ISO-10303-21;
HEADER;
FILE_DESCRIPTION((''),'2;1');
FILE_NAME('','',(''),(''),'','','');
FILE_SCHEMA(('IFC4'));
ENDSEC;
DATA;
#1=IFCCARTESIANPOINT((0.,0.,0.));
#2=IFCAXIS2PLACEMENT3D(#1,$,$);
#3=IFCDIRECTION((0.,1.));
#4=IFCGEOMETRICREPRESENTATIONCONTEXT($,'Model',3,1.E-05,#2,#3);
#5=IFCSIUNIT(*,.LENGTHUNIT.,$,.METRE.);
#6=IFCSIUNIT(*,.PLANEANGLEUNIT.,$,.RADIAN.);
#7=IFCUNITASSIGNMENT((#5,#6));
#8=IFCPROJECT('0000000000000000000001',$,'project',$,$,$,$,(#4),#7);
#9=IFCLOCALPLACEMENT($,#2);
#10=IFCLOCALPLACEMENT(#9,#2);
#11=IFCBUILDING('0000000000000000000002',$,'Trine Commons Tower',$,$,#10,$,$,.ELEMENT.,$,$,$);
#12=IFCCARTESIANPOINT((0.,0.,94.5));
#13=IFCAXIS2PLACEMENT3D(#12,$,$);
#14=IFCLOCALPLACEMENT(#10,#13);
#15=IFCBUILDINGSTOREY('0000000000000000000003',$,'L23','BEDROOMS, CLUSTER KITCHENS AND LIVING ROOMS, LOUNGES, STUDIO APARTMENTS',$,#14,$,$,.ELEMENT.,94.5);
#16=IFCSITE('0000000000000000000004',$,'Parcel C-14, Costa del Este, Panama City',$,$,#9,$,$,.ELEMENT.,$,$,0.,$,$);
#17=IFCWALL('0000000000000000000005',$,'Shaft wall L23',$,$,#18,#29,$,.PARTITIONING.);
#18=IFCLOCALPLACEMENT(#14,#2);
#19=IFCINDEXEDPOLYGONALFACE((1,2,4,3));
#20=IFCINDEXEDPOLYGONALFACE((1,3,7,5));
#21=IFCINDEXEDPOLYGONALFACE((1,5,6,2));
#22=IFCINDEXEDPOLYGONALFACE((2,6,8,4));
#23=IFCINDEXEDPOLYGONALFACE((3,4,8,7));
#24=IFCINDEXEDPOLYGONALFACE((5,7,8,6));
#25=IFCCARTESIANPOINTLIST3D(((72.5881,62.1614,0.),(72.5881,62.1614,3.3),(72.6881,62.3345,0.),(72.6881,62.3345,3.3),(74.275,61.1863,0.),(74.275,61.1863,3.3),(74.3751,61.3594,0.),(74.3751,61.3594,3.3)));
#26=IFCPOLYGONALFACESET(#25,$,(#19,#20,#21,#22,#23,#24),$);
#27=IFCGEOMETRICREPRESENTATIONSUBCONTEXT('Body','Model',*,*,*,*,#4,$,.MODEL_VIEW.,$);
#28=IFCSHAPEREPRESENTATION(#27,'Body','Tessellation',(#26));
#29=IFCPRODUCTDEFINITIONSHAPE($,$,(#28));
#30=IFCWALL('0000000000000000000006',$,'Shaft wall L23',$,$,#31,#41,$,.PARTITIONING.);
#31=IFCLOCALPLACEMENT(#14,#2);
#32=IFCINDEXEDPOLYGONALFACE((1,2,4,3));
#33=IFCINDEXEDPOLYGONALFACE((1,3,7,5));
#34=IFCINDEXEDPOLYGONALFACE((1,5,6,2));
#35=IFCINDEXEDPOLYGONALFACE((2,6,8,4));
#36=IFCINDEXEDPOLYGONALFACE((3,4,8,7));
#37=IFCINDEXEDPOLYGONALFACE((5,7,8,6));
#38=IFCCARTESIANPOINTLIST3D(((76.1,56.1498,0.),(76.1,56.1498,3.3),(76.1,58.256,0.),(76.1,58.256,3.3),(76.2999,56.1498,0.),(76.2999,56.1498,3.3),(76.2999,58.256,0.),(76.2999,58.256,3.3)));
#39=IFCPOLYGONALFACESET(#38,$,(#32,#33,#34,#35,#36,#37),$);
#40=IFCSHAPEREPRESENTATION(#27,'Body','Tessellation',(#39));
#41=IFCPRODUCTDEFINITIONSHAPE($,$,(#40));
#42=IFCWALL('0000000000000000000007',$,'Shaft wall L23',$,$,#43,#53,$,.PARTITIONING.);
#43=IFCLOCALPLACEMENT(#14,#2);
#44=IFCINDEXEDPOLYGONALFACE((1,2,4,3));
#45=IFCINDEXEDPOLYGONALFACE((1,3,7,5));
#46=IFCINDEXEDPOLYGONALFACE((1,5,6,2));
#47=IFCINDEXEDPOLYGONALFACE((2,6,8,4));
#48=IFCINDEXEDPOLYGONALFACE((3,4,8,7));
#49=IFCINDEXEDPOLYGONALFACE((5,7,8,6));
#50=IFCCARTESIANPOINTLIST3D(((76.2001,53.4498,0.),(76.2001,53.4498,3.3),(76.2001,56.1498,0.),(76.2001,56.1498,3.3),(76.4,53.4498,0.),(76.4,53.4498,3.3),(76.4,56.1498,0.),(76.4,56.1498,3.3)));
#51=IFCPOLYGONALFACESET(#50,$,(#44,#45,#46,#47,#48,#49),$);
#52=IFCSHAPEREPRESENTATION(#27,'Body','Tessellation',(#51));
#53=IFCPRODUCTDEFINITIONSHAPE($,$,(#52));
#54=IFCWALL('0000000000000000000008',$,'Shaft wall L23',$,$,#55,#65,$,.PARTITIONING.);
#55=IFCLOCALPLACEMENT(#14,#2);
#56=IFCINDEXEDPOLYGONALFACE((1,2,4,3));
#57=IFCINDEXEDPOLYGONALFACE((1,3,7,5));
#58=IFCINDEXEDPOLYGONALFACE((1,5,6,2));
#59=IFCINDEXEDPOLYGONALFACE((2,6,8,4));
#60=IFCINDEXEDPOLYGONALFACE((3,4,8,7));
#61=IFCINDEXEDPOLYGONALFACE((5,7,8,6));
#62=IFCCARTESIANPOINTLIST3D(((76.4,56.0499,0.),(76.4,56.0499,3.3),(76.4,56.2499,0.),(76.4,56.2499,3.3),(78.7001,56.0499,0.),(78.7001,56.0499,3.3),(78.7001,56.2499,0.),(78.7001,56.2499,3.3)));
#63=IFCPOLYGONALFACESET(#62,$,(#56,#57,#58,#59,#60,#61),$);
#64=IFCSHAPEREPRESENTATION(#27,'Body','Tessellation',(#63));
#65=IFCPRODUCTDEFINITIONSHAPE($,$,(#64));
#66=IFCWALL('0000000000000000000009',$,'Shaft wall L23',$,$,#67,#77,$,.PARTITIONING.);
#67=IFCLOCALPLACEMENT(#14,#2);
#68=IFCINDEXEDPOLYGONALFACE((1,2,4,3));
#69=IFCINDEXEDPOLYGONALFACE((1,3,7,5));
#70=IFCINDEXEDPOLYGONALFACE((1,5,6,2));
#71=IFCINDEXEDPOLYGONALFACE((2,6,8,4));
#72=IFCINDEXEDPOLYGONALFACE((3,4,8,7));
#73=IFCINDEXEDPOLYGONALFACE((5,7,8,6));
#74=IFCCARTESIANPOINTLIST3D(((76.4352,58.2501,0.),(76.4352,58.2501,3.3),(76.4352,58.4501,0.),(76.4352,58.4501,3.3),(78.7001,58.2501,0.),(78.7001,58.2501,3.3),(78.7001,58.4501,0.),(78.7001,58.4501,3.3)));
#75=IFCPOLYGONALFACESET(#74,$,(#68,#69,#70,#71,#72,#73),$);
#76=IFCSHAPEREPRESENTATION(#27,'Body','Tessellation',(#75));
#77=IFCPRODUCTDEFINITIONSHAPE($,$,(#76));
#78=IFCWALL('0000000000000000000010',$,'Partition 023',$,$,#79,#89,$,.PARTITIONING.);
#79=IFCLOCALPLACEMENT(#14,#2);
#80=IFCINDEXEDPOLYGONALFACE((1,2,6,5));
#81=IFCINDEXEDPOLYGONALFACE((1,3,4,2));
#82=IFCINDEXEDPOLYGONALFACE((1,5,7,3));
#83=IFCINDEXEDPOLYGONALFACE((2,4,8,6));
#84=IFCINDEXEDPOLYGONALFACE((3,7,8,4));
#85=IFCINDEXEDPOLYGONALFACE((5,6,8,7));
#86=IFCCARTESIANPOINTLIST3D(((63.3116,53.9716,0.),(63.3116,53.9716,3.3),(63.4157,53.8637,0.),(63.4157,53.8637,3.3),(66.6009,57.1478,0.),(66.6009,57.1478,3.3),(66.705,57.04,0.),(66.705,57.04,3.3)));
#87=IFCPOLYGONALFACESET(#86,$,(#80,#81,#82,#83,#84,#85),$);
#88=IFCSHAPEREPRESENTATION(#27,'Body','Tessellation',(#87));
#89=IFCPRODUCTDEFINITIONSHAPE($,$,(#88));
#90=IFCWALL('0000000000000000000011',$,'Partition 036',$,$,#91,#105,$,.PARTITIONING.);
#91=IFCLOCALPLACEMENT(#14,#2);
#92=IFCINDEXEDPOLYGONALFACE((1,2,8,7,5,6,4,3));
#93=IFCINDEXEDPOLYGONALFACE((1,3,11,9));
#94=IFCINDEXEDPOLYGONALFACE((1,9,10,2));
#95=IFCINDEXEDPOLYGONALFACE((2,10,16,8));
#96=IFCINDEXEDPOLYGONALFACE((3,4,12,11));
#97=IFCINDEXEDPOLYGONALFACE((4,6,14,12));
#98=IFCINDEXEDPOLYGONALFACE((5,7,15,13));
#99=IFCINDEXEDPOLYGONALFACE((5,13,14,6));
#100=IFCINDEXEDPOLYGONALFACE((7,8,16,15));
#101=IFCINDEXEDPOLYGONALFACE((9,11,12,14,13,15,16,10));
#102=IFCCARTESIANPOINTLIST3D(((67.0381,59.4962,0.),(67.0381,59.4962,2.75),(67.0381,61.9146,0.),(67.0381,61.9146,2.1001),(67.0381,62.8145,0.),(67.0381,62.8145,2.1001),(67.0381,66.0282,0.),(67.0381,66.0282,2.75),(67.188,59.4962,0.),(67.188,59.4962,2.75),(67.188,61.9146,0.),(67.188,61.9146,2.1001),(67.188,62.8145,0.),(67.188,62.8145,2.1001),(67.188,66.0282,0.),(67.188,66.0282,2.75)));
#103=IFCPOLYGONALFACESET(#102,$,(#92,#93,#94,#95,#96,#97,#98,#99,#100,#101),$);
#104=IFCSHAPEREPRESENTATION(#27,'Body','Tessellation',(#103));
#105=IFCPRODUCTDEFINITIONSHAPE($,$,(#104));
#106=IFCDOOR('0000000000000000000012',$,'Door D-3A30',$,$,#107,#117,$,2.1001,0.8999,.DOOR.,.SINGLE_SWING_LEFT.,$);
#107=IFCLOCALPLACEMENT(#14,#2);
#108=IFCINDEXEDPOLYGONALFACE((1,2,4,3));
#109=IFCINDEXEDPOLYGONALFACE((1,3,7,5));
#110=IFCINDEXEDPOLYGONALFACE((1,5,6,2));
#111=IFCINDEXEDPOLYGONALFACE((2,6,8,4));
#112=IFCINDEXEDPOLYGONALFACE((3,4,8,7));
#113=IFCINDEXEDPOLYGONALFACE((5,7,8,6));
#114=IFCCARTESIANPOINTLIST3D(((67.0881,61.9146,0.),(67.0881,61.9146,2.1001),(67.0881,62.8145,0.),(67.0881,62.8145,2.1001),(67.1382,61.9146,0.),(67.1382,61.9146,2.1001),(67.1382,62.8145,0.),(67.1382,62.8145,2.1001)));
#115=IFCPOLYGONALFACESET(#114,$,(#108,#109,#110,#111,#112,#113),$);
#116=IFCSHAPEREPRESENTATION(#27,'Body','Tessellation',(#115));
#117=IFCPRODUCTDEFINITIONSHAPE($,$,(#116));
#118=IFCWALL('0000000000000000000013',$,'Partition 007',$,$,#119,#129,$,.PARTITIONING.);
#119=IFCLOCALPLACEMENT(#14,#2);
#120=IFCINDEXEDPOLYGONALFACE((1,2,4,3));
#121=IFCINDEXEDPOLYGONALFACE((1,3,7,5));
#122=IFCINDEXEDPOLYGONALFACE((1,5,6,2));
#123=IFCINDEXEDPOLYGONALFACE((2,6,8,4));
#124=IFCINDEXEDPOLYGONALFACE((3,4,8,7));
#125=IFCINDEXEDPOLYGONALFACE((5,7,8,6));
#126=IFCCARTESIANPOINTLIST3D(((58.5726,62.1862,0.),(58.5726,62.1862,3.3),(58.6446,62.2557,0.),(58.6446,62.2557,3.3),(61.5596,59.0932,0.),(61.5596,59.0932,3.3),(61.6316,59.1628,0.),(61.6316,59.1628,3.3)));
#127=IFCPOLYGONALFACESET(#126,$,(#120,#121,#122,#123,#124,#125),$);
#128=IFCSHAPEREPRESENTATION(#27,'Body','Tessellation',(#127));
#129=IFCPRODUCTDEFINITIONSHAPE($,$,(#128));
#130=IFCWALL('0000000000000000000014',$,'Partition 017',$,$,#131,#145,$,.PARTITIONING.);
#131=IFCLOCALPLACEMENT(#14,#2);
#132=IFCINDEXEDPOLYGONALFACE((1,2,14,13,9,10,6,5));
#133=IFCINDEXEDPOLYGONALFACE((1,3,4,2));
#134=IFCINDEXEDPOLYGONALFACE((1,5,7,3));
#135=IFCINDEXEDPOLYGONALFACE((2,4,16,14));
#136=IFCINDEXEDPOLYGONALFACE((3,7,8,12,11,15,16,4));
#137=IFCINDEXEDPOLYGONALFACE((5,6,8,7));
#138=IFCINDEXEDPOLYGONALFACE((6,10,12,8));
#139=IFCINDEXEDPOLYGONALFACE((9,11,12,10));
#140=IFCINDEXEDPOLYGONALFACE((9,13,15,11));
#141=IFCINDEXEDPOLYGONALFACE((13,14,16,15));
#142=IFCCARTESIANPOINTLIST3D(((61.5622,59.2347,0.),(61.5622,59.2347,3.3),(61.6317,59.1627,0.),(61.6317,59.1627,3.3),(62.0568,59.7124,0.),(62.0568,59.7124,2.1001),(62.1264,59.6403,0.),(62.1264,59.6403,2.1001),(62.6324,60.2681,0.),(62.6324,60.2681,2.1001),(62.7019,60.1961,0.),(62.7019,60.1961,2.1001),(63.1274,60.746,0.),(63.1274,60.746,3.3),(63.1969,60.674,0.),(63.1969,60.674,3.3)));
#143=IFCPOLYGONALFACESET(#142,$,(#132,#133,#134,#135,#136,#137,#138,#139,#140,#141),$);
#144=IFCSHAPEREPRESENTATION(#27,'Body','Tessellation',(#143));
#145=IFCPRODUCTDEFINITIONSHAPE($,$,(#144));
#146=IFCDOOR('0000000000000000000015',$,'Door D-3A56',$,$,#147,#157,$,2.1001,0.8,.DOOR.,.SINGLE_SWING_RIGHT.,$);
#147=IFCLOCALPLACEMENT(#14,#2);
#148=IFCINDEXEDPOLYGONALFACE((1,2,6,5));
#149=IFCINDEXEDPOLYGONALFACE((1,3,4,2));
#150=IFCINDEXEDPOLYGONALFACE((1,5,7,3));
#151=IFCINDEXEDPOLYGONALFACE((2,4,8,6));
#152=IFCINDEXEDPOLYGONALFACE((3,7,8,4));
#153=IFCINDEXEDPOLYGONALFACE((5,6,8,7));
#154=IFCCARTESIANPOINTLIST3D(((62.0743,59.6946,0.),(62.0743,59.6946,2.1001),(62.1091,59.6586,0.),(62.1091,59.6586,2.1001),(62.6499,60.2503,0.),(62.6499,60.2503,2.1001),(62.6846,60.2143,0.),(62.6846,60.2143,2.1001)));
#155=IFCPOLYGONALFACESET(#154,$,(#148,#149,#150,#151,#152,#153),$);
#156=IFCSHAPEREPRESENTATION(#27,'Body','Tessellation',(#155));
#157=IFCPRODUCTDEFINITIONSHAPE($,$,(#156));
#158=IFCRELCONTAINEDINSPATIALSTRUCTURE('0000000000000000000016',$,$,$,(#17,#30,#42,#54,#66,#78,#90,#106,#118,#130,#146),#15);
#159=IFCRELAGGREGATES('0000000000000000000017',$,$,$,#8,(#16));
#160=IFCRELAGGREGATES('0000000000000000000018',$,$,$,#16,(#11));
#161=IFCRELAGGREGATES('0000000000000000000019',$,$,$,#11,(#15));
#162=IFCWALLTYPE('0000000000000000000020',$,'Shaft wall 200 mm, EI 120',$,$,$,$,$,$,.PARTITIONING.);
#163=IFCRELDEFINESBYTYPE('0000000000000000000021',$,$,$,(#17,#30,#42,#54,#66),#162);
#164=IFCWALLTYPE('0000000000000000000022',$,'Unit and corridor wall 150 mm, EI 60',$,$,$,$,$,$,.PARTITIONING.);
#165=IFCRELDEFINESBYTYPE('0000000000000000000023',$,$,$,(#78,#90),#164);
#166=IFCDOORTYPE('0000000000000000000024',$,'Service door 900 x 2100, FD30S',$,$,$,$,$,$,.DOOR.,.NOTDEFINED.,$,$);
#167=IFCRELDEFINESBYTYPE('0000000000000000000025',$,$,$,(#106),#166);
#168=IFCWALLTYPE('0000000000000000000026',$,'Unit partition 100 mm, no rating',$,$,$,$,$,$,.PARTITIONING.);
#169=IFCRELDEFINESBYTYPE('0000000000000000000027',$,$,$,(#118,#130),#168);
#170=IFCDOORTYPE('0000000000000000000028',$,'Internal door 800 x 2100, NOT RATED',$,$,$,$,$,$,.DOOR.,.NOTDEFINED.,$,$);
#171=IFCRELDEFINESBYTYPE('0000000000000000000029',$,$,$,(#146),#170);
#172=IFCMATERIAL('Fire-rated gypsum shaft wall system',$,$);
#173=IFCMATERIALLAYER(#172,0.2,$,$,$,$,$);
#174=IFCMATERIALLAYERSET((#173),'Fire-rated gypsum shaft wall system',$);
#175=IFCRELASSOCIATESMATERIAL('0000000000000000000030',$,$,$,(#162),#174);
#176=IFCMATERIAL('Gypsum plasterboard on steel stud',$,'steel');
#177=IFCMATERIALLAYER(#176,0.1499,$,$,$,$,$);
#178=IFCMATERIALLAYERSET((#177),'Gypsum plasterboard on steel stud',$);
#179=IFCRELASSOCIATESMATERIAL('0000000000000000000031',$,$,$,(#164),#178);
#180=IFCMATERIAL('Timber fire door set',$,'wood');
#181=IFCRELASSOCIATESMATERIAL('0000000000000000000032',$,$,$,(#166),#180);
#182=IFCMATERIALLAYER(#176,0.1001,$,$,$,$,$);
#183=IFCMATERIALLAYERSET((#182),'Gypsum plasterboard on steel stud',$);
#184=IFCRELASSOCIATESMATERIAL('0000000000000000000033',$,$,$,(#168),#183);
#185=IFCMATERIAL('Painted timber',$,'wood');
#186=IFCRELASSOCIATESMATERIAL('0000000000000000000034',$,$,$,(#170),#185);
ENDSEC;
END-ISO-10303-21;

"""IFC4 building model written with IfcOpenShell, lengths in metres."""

from ifc_helpers import new_model, si_unit, direction, frame, frame_2d, origin, place, context, subcontext, project, spatial, rectangle, extrude, material, layer, layer_set, type_object, element, fill, save


model = new_model("IFC4")

# Units and contexts
model_context = context("Model", 3, precision=1e-05, world=origin(), true_north=direction((0.0, 1.0)))
body_context = subcontext(model_context, "Body", "Model", "MODEL_VIEW")
ifc_project = project(units=[si_unit("LENGTHUNIT", "METRE"), si_unit("PLANEANGLEUNIT", "RADIAN")], contexts=[model_context])

# Site, building, storey
site_placement = place(None, origin())
site = spatial("IfcSite", under=ifc_project, at=site_placement, Name="Parcel C-14, Costa del Este, Panama City", CompositionType="ELEMENT", RefElevation=0.0)
building_placement = place(site_placement, origin())
building = spatial("IfcBuilding", under=site, at=building_placement, Name="Trine Commons Tower", CompositionType="ELEMENT")
storey_placement = place(building_placement, frame((0.0, 0.0, 94.5)))
storey = spatial("IfcBuildingStorey", under=building, at=storey_placement, Name="L23", Description="BEDROOMS, CLUSTER KITCHENS AND LIVING ROOMS, LOUNGES, STUDIO APARTMENTS", CompositionType="ELEMENT", Elevation=94.5)

# Walls
ifc_material_1 = material(Name="Fire-rated gypsum shaft wall system")
ifc_layer_1 = layer(ifc_material_1, 0.2)
ifc_layer_set_1 = layer_set([ifc_layer_1], Name="Fire-rated gypsum shaft wall system")
wall_type_1 = type_object("IfcWallType", Name="Shaft wall 200 mm, EI 120", PredefinedType="PARTITIONING", material=ifc_layer_set_1)
wall_1_placement = place(storey_placement, frame((74.325, 61.2729, 0.0), z_axis=(0.0, 0.0, 1.0), x_axis=(-0.865781, 0.500424, 0.0)))
element("IfcWall", 1, at=wall_1_placement, inside=storey, type_object=wall_type_1, Name="Shaft wall L23", PredefinedType="PARTITIONING", context=body_context, shape_type="SweptSolid", body=[
    extrude(rectangle(XDim=1.9485, YDim=0.2, at=frame_2d((0.9741, 0.0))), origin(), (0.0, 0.0, 1.0), 3.3),
])
wall_2_placement = place(storey_placement, frame((76.2, 58.2561, 0.0), z_axis=(0.0, 0.0, 1.0), x_axis=(0.0, -1.0, 0.0)))
element("IfcWall", 2, at=wall_2_placement, inside=storey, type_object=wall_type_1, Name="Shaft wall L23", PredefinedType="PARTITIONING", context=body_context, shape_type="SweptSolid", body=[
    extrude(rectangle(XDim=2.1062, YDim=0.2, at=frame_2d((1.0532, 0.0))), origin(), (0.0, 0.0, 1.0), 3.3),
])
wall_3_placement = place(storey_placement, frame((76.3, 56.1499, 0.0), z_axis=(0.0, 0.0, 1.0), x_axis=(0.0, -1.0, 0.0)))
element("IfcWall", 3, at=wall_3_placement, inside=storey, type_object=wall_type_1, Name="Shaft wall L23", PredefinedType="PARTITIONING", context=body_context, shape_type="SweptSolid", body=[
    extrude(rectangle(XDim=2.7, YDim=0.2, at=frame_2d((1.3501, 0.0))), origin(), (0.0, 0.0, 1.0), 3.3),
])
wall_4_placement = place(storey_placement, frame((78.7, 56.1499, 0.0), z_axis=(0.0, 0.0, 1.0), x_axis=(-1.0, 0.0, 0.0)))
element("IfcWall", 4, at=wall_4_placement, inside=storey, type_object=wall_type_1, Name="Shaft wall L23", PredefinedType="PARTITIONING", context=body_context, shape_type="SweptSolid", body=[
    extrude(rectangle(XDim=2.3, YDim=0.2, at=frame_2d((1.1499, 0.0))), origin(), (0.0, 0.0, 1.0), 3.3),
])
wall_5_placement = place(storey_placement, frame((78.7, 58.3501, 0.0), z_axis=(0.0, 0.0, 1.0), x_axis=(-1.0, 0.0, 0.0)))
element("IfcWall", 5, at=wall_5_placement, inside=storey, type_object=wall_type_1, Name="Shaft wall L23", PredefinedType="PARTITIONING", context=body_context, shape_type="SweptSolid", body=[
    extrude(rectangle(XDim=2.2649, YDim=0.2, at=frame_2d((1.1323, 0.0))), origin(), (0.0, 0.0, 1.0), 3.3),
])
ifc_material_2 = material(Name="Gypsum plasterboard on steel stud", Category="steel")
ifc_layer_2 = layer(ifc_material_2, 0.1499)
ifc_layer_set_2 = layer_set([ifc_layer_2], Name="Gypsum plasterboard on steel stud")
wall_type_2 = type_object("IfcWallType", Name="Unit and corridor wall 150 mm, EI 60", PredefinedType="PARTITIONING", material=ifc_layer_set_2)
wall_6_placement = place(storey_placement, frame((63.3638, 53.9177, 0.0), z_axis=(0.0, 0.0, 1.0), x_axis=(0.719359, 0.694638, 0.0)))
element("IfcWall", 6, at=wall_6_placement, inside=storey, type_object=wall_type_2, Name="Partition 023", PredefinedType="PARTITIONING", context=body_context, shape_type="SweptSolid", body=[
    extrude(rectangle(XDim=4.5725, YDim=0.1499, at=frame_2d((2.2861, 0.0))), origin(), (0.0, 0.0, 1.0), 3.3),
])

# Wall, opening, door
wall_7_placement = place(storey_placement, frame((67.113, 59.4961, 0.0), z_axis=(0.0, 0.0, 1.0), x_axis=(0.0, 1.0, 0.0)))
wall_7 = element("IfcWall", 7, at=wall_7_placement, inside=storey, type_object=wall_type_2, Name="Partition 036", PredefinedType="PARTITIONING", context=body_context, shape_type="SweptSolid", body=[
    extrude(rectangle(XDim=6.532, YDim=0.1499, at=frame_2d((3.2661, 0.0))), origin(), (0.0, 0.0, 1.0), 2.75),
])
opening_1_placement = place(wall_7_placement, frame((2.4185, 0.0, 0.0)))
opening_1 = element("IfcOpeningElement", 8, at=opening_1_placement, cuts=wall_7, PredefinedType="OPENING", context=body_context, shape_type="SweptSolid", body=[
    extrude(rectangle(XDim=0.8999, YDim=2.1001, at=frame_2d((0.45, 1.05))), frame((0.0, 0.085, 0.0), z_axis=(0.0, -1.0, 0.0), x_axis=(1.0, 0.0, 0.0)), (0.0, 0.0, 1.0), 0.1699),
])
ifc_material_3 = material(Name="Timber fire door set", Category="wood")
door_type_1 = type_object("IfcDoorType", Name="Service door 900 x 2100, FD30S", OperationType="NOTDEFINED", PredefinedType="DOOR", material=ifc_material_3)
door_1_placement = place(opening_1_placement, origin())
door_1 = element("IfcDoor", 9, at=door_1_placement, inside=storey, type_object=door_type_1, Name="Door D-3A30", OperationType="SINGLE_SWING_LEFT", OverallHeight=2.1001, OverallWidth=0.8999, PredefinedType="DOOR", context=body_context, shape_type="SweptSolid", body=[
    extrude(rectangle(XDim=0.8999, YDim=2.1001, at=frame_2d((0.45, 1.05))), frame((0.0, 0.0249, 0.0), z_axis=(0.0, -1.0, 0.0), x_axis=(1.0, 0.0, 0.0)), (0.0, 0.0, 1.0), 0.05),
])
fill(opening_1, door_1)

# Wall
ifc_layer_3 = layer(ifc_material_2, 0.1001)
ifc_layer_set_3 = layer_set([ifc_layer_3], Name="Gypsum plasterboard on steel stud")
wall_type_3 = type_object("IfcWallType", Name="Unit partition 100 mm, no rating", PredefinedType="PARTITIONING", material=ifc_layer_set_3)
wall_8_placement = place(storey_placement, frame((58.6086, 62.2209, 0.0), z_axis=(0.0, 0.0, 1.0), x_axis=(0.694679, -0.71932, 0.0)))
element("IfcWall", 10, at=wall_8_placement, inside=storey, type_object=wall_type_3, Name="Partition 007", PredefinedType="PARTITIONING", context=body_context, shape_type="SweptSolid", body=[
    extrude(rectangle(XDim=4.2998, YDim=0.1001, at=frame_2d((2.1499, 0.0))), origin(), (0.0, 0.0, 1.0), 3.3),
])

# Wall, opening, door
wall_9_placement = place(storey_placement, frame((61.5969, 59.1987, 0.0), z_axis=(0.0, 0.0, 1.0), x_axis=(0.719398, 0.694599, 0.0)))
wall_9 = element("IfcWall", 11, at=wall_9_placement, inside=storey, type_object=wall_type_3, Name="Partition 017", PredefinedType="PARTITIONING", context=body_context, shape_type="SweptSolid", body=[
    extrude(rectangle(XDim=2.1758, YDim=0.1001, at=frame_2d((1.0879, 0.0))), origin(), (0.0, 0.0, 1.0), 3.3),
])
opening_2_placement = place(wall_9_placement, frame((0.6877, 0.0, 0.0)))
opening_2 = element("IfcOpeningElement", 12, at=opening_2_placement, cuts=wall_9, PredefinedType="OPENING", context=body_context, shape_type="SweptSolid", body=[
    extrude(rectangle(XDim=0.8, YDim=2.1001, at=frame_2d((0.3999, 1.05))), frame((0.0, 0.0601, 0.0), z_axis=(0.0, -1.0, 0.0), x_axis=(1.0, 0.0, 0.0)), (0.0, 0.0, 1.0), 0.1201),
])
ifc_material_4 = material(Name="Painted timber", Category="wood")
door_type_2 = type_object("IfcDoorType", Name="Internal door 800 x 2100, NOT RATED", OperationType="NOTDEFINED", PredefinedType="DOOR", material=ifc_material_4)
door_2_placement = place(opening_2_placement, frame((0.8, 0.0, 0.0), z_axis=(0.0, 0.0, 1.0), x_axis=(-1.0, 0.0, 0.0)))
door_2 = element("IfcDoor", 13, at=door_2_placement, inside=storey, type_object=door_type_2, Name="Door D-3A56", OperationType="SINGLE_SWING_RIGHT", OverallHeight=2.1001, OverallWidth=0.8, PredefinedType="DOOR", context=body_context, shape_type="SweptSolid", body=[
    extrude(rectangle(XDim=0.8, YDim=2.1001, at=frame_2d((0.3999, 1.05))), frame((0.0, 0.0249, 0.0), z_axis=(0.0, -1.0, 0.0), x_axis=(1.0, 0.0, 0.0)), (0.0, 0.0, 1.0), 0.05),
])
fill(opening_2, door_2)

save(model, "model.ifc")
